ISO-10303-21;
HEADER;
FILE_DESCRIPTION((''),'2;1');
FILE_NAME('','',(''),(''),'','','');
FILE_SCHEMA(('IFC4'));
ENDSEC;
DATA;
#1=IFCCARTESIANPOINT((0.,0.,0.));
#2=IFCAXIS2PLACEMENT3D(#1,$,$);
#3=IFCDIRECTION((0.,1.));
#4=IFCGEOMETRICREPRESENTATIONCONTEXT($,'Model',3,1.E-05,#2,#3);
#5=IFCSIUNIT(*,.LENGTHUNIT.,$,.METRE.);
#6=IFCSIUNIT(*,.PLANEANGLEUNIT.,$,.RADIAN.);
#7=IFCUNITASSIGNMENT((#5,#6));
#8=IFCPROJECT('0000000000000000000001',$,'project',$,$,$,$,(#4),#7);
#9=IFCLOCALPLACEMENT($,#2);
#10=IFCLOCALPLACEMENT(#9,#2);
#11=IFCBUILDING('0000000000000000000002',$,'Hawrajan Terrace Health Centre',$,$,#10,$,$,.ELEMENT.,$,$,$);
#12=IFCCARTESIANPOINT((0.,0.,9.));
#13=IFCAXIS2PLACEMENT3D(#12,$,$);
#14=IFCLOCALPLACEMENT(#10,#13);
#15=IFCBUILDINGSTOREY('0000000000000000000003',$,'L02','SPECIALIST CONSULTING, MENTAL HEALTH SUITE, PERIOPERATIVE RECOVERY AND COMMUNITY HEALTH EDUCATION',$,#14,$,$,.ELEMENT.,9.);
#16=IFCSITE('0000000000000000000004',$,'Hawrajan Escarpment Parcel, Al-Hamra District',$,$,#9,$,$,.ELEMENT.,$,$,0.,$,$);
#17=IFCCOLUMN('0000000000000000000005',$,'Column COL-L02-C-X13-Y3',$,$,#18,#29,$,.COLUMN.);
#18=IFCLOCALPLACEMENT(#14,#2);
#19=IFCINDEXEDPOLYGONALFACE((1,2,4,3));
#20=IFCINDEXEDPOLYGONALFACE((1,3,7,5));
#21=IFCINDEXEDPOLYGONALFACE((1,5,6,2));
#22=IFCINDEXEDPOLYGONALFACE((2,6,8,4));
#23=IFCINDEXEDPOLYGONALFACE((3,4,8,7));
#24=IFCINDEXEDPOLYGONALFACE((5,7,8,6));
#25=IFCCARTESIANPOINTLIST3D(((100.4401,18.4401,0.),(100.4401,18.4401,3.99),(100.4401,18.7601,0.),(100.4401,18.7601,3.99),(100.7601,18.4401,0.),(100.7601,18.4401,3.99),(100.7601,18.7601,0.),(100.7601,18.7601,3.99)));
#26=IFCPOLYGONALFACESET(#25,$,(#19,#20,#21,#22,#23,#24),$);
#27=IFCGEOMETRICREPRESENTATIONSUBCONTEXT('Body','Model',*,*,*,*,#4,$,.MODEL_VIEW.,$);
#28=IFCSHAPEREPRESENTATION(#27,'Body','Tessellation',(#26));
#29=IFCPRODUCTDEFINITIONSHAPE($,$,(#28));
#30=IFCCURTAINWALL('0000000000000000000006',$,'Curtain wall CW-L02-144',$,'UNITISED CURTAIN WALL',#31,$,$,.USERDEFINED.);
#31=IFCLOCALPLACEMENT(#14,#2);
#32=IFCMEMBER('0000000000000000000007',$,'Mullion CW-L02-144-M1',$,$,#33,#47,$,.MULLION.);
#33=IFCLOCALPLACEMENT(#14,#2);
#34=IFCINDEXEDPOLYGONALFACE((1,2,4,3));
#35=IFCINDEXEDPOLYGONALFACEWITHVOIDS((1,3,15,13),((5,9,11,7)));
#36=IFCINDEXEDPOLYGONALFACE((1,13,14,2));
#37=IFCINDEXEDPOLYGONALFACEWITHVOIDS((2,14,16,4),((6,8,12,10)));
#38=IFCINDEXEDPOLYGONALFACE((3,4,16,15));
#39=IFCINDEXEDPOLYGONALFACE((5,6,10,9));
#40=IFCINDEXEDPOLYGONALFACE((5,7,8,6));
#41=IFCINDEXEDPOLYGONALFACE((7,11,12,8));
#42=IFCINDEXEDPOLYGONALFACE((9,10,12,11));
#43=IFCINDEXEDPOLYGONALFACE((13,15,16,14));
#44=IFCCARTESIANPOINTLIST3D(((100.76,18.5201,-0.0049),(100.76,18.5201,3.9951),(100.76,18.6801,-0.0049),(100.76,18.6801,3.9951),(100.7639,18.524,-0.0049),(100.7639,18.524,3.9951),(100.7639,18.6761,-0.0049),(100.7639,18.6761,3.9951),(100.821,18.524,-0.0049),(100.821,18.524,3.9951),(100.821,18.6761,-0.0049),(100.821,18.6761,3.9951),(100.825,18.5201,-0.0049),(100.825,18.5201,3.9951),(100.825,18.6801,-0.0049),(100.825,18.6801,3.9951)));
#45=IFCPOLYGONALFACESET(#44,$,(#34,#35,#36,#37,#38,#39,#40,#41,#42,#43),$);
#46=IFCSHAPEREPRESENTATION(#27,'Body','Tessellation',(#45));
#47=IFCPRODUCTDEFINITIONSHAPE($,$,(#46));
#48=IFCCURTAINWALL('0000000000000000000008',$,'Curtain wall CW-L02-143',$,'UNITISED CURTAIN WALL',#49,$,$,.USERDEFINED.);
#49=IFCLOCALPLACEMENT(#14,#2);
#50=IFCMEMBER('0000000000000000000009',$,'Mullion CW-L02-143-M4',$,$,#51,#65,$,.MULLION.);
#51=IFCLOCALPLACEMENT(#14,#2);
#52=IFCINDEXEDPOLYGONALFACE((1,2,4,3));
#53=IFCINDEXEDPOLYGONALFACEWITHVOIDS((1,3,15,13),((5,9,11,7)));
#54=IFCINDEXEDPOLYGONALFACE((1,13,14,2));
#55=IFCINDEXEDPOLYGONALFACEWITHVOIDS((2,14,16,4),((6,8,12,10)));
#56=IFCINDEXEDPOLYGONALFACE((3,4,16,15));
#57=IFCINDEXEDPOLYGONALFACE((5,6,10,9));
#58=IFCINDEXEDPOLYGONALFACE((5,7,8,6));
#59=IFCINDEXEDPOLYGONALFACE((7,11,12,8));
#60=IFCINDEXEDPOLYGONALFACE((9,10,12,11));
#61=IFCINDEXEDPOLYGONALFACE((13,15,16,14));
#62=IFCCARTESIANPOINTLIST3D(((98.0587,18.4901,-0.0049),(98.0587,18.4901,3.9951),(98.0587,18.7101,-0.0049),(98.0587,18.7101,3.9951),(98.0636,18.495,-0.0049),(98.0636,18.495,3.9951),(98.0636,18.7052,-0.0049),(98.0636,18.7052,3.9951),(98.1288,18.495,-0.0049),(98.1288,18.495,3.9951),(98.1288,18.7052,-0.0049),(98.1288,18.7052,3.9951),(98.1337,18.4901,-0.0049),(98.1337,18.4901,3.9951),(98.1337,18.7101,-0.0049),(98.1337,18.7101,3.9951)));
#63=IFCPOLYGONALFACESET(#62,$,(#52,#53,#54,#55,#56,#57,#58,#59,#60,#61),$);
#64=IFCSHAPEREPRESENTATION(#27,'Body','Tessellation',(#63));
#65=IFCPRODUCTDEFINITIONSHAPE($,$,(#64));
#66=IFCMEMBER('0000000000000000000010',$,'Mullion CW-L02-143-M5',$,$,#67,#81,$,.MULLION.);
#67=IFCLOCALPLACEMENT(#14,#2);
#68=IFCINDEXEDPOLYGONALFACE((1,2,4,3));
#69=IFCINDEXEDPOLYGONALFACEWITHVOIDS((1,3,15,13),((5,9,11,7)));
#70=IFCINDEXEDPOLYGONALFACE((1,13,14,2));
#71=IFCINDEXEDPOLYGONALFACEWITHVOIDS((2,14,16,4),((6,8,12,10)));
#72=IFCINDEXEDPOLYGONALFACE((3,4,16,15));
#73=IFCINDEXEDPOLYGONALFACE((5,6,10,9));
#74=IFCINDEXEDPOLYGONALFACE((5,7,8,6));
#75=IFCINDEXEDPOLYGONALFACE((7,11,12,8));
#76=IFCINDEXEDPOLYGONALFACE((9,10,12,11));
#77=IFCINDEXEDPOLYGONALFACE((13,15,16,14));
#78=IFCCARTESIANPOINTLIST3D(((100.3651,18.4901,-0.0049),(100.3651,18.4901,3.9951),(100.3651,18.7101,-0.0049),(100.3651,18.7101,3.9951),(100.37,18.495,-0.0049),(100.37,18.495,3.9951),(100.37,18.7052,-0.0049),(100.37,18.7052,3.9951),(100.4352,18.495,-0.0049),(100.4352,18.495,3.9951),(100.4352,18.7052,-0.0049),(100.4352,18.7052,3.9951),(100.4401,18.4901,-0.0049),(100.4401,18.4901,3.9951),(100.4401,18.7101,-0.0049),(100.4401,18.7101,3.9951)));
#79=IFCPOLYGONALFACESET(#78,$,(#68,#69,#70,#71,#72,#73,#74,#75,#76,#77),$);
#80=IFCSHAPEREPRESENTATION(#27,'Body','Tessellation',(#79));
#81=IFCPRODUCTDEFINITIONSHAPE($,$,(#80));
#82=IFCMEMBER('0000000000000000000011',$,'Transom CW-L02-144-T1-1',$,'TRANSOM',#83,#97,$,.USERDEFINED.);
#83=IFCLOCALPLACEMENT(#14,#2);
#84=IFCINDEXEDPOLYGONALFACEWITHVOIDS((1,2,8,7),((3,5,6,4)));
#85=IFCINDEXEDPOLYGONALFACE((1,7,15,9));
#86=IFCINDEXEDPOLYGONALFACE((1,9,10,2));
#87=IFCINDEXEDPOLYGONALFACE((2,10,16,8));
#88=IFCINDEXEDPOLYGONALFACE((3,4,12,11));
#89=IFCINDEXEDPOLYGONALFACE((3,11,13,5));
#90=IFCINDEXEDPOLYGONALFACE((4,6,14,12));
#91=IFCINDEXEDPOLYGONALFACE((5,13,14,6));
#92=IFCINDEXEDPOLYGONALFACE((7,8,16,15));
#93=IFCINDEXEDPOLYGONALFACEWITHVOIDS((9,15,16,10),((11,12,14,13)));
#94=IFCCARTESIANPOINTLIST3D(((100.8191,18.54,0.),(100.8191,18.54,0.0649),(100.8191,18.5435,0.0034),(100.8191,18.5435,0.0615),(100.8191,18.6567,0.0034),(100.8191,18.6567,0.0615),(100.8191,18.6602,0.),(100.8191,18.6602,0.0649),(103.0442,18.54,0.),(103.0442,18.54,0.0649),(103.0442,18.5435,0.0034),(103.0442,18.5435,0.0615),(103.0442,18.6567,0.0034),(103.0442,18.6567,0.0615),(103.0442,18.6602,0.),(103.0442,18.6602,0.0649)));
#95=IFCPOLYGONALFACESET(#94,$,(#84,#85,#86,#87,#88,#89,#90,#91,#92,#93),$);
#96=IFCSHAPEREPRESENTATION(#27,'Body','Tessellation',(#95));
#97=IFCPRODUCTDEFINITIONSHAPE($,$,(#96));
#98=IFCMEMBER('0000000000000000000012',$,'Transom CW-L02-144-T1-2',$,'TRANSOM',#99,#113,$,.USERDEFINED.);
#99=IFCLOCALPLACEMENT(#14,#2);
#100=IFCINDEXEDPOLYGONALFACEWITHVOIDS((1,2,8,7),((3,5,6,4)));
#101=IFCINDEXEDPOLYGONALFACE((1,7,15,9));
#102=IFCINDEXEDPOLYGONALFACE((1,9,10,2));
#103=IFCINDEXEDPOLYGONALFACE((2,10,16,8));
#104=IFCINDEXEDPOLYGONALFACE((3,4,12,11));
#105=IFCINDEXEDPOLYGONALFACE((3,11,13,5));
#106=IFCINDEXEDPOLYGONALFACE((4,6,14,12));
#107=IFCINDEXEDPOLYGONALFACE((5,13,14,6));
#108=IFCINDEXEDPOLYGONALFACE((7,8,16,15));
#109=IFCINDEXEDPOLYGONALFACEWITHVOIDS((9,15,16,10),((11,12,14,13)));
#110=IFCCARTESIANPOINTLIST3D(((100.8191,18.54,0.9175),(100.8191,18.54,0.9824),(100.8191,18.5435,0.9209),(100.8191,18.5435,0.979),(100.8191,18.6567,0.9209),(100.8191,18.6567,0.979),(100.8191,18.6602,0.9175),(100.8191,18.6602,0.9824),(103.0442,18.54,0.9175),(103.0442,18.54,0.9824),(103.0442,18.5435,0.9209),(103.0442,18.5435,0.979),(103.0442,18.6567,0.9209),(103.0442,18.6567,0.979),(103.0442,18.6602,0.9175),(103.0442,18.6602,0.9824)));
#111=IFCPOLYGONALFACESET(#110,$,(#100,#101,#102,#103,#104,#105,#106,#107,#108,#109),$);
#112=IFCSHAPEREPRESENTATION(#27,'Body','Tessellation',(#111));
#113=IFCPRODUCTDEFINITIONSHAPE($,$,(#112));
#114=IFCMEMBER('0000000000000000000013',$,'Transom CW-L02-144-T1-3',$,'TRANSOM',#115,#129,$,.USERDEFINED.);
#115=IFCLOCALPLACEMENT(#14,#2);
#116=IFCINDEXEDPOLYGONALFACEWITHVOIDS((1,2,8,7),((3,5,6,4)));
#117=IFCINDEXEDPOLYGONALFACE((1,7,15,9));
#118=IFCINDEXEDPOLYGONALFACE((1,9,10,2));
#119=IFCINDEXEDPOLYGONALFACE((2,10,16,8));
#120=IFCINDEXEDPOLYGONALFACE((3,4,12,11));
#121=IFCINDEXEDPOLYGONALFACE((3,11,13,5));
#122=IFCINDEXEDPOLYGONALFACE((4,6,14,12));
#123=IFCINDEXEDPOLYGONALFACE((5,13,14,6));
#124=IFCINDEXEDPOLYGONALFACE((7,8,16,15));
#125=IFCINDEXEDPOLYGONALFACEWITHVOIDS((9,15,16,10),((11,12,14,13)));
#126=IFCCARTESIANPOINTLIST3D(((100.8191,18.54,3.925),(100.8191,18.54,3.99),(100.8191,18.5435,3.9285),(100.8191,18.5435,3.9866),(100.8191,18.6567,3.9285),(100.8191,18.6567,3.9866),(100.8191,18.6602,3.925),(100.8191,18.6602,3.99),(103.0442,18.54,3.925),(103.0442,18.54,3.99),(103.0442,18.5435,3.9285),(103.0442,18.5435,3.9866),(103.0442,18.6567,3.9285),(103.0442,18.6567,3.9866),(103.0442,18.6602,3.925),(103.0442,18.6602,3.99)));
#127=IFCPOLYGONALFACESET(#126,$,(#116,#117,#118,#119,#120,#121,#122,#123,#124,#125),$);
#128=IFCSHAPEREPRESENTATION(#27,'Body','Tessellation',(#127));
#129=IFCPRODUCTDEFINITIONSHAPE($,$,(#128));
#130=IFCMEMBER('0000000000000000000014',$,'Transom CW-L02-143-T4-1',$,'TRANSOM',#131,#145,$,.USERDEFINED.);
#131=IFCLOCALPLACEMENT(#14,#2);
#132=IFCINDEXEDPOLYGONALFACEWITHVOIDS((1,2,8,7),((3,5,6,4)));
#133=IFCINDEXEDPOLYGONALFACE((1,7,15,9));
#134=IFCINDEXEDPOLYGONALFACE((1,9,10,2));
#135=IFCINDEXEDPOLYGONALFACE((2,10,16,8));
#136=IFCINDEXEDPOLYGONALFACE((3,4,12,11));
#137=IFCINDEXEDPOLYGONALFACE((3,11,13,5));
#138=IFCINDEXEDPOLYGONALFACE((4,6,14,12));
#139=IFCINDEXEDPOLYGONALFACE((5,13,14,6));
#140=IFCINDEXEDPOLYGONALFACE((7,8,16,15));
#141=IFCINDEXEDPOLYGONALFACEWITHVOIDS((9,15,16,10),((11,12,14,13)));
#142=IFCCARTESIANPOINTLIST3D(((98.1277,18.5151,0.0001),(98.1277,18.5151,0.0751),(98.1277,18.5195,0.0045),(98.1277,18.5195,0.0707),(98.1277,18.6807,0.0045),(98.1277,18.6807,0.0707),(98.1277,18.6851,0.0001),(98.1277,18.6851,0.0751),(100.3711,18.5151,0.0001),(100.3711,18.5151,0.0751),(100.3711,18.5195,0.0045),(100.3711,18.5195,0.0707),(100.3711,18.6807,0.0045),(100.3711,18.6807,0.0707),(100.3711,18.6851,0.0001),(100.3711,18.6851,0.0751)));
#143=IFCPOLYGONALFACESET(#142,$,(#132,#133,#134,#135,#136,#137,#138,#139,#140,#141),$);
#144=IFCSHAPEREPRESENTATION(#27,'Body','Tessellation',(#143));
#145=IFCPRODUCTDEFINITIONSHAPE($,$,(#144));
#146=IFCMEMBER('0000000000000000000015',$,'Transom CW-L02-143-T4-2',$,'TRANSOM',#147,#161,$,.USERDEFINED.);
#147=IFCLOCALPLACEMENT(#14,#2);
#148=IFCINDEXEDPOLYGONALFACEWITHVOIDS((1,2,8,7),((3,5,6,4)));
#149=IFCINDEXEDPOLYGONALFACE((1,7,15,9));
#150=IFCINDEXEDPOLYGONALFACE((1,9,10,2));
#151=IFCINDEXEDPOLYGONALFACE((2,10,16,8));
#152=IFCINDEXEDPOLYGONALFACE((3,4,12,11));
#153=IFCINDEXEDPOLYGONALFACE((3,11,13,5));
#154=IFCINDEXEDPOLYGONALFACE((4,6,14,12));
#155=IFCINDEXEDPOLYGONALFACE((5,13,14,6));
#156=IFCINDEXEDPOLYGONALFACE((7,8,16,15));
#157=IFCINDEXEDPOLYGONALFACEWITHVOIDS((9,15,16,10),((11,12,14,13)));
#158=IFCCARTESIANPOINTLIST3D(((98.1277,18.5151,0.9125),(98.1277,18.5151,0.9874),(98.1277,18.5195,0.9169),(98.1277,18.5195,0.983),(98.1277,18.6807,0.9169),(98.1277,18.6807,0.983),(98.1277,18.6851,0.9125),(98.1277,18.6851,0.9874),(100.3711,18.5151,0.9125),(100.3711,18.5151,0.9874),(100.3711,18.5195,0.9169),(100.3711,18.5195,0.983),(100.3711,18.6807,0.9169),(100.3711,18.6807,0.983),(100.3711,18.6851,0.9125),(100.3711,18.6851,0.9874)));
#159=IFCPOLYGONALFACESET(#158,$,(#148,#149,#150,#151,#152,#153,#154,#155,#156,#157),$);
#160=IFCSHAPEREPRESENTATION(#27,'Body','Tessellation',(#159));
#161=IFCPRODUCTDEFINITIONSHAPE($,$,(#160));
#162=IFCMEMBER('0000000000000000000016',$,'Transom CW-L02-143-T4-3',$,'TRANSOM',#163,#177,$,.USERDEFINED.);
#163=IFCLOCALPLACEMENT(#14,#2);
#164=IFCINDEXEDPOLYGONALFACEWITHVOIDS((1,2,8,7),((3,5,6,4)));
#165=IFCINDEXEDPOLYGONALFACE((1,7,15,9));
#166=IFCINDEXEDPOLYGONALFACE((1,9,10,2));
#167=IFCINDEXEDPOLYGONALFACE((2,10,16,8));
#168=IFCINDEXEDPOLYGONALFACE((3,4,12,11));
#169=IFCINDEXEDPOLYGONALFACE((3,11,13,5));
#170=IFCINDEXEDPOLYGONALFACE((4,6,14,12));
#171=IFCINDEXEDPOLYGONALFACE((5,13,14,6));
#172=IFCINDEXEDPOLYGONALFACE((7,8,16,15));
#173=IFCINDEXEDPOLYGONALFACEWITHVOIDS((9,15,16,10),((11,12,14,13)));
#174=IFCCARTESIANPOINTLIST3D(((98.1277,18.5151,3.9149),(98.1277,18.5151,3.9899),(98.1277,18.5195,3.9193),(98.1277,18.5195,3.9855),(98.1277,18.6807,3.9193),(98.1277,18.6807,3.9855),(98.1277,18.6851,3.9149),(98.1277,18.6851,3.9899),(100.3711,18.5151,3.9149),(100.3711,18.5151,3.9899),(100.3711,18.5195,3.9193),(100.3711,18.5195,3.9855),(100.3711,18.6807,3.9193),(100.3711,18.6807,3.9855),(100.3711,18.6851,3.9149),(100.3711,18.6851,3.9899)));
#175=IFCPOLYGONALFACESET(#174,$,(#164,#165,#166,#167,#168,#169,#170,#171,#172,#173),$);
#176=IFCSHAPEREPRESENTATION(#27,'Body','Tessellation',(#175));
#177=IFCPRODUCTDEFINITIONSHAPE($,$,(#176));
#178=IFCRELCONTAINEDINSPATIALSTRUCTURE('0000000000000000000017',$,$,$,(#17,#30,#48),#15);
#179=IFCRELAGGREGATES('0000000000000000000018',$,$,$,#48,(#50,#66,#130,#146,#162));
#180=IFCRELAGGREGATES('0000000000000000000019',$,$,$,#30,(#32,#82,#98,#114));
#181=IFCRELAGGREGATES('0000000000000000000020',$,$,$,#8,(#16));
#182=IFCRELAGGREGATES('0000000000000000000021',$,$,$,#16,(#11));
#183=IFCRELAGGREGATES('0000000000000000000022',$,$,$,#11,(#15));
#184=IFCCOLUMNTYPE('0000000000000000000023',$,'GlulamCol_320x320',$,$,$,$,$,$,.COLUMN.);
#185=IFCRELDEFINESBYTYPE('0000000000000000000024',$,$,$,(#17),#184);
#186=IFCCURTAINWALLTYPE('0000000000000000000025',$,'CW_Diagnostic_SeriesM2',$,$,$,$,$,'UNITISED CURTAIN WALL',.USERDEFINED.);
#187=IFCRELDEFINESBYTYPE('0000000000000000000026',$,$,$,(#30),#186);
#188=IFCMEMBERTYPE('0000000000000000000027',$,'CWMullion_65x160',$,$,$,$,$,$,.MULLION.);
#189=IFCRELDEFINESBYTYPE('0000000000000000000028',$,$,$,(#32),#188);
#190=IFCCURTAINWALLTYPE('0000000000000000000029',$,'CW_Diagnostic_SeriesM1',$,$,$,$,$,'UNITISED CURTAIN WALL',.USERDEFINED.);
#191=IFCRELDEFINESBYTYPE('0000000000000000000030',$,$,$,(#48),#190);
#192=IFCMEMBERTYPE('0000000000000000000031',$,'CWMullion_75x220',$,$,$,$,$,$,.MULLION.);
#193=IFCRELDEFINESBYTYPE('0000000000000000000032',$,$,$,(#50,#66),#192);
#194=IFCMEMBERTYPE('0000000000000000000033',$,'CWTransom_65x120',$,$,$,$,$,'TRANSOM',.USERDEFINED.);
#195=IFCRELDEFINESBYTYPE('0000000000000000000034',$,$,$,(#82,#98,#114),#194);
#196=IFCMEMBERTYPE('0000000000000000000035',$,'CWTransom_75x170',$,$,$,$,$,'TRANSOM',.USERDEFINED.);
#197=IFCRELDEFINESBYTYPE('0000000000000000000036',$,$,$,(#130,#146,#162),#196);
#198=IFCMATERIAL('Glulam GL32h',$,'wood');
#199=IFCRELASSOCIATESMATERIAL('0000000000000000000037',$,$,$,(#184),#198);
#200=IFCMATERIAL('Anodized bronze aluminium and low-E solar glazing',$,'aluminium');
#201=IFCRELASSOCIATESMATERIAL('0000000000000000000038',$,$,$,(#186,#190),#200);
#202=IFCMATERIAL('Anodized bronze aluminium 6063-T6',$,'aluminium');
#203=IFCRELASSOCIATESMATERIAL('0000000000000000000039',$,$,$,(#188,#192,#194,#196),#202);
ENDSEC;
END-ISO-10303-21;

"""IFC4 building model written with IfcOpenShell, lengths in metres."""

from ifc_helpers import new_model, si_unit, direction, frame, origin, origin_2d, place, context, subcontext, project, spatial, rectangle, hollow_rectangle, extrude, material, material_profile, profile_set, type_object, element, aggregate, save


model = new_model("IFC4")

# Units and contexts
model_context = context("Model", 3, precision=1e-05, world=origin(), true_north=direction((0.0, 1.0)))
body_context = subcontext(model_context, "Body", "Model", "MODEL_VIEW")
ifc_project = project(units=[si_unit("LENGTHUNIT", "METRE"), si_unit("PLANEANGLEUNIT", "RADIAN")], contexts=[model_context])

# Site, building, storey
site_placement = place(None, origin())
site = spatial("IfcSite", under=ifc_project, at=site_placement, Name="Hawrajan Escarpment Parcel, Al-Hamra District", CompositionType="ELEMENT", RefElevation=0.0)
building_placement = place(site_placement, origin())
building = spatial("IfcBuilding", under=site, at=building_placement, Name="Hawrajan Terrace Health Centre", CompositionType="ELEMENT")
storey_placement = place(building_placement, frame((0.0, 0.0, 9.0)))
storey = spatial("IfcBuildingStorey", under=building, at=storey_placement, Name="L02", Description="SPECIALIST CONSULTING, MENTAL HEALTH SUITE, PERIOPERATIVE RECOVERY AND COMMUNITY HEALTH EDUCATION", CompositionType="ELEMENT", Elevation=9.0)

# Column
ifc_material_1 = material(Name="Glulam GL32h", Category="wood")
ifc_material_profile_1 = material_profile(ifc_material_1, rectangle(XDim=0.3201, YDim=0.3201, at=origin_2d()), Name="GL 320x320")
ifc_profile_set_1 = profile_set([ifc_material_profile_1], Name="Glulam GL32h")
column_type = type_object("IfcColumnType", Name="GlulamCol_320x320", PredefinedType="COLUMN", material=ifc_profile_set_1)
column_placement = place(storey_placement, frame((100.6001, 18.6001, 0.0), z_axis=(0.0, 0.0, 1.0), x_axis=(1.0, 0.0, 0.0)))
element("IfcColumn", 1, at=column_placement, inside=storey, type_object=column_type, Name="Column COL-L02-C-X13-Y3", PredefinedType="COLUMN", context=body_context, shape_type="SweptSolid", body=[
    extrude(rectangle(XDim=0.3201, YDim=0.3201, at=origin_2d()), origin(), (0.0, 0.0, 1.0), 3.99),
])

# Curtain wall, member
ifc_material_2 = material(Name="Anodized bronze aluminium and low-E solar glazing", Category="aluminium")
curtain_wall_type_1 = type_object("IfcCurtainWallType", Name="CW_Diagnostic_SeriesM2", ElementType="UNITISED CURTAIN WALL", PredefinedType="USERDEFINED", material=ifc_material_2)
curtain_wall_1_placement = place(storey_placement, origin())
curtain_wall_1 = element("IfcCurtainWall", 2, at=curtain_wall_1_placement, inside=storey, type_object=curtain_wall_type_1, Name="Curtain wall CW-L02-144", ObjectType="UNITISED CURTAIN WALL", PredefinedType="USERDEFINED")
ifc_material_3 = material(Name="Anodized bronze aluminium 6063-T6", Category="aluminium")
ifc_material_profile_2 = material_profile(ifc_material_3, hollow_rectangle(XDim=0.0649, YDim=0.1599, WallThickness=0.0039, at=origin_2d()), Name="CW MUL 65x160")
ifc_profile_set_2 = profile_set([ifc_material_profile_2], Name="Anodized bronze aluminium 6063-T6")
member_type_1 = type_object("IfcMemberType", Name="CWMullion_65x160", PredefinedType="MULLION", material=ifc_profile_set_2)
member_1_placement = place(storey_placement, frame((100.7925, 18.6001, -0.0049), z_axis=(0.0, 0.0, 1.0), x_axis=(1.0, 0.0, 0.0)))
member_1 = element("IfcMember", 3, at=member_1_placement, type_object=member_type_1, Name="Mullion CW-L02-144-M1", PredefinedType="MULLION", context=body_context, shape_type="SweptSolid", body=[
    extrude(hollow_rectangle(XDim=0.0649, YDim=0.1599, WallThickness=0.0039, at=origin_2d()), origin(), (0.0, 0.0, 1.0), 4.0),
])

# Curtain wall, members
curtain_wall_type_2 = type_object("IfcCurtainWallType", Name="CW_Diagnostic_SeriesM1", ElementType="UNITISED CURTAIN WALL", PredefinedType="USERDEFINED", material=ifc_material_2)
curtain_wall_2_placement = place(storey_placement, origin())
curtain_wall_2 = element("IfcCurtainWall", 4, at=curtain_wall_2_placement, inside=storey, type_object=curtain_wall_type_2, Name="Curtain wall CW-L02-143", ObjectType="UNITISED CURTAIN WALL", PredefinedType="USERDEFINED")
ifc_material_profile_3 = material_profile(ifc_material_3, hollow_rectangle(XDim=0.075, YDim=0.22, WallThickness=0.0049, at=origin_2d()), Name="CW MUL 75x220")
ifc_profile_set_3 = profile_set([ifc_material_profile_3], Name="Anodized bronze aluminium 6063-T6")
member_type_2 = type_object("IfcMemberType", Name="CWMullion_75x220", PredefinedType="MULLION", material=ifc_profile_set_3)
member_2_placement = place(storey_placement, frame((98.0962, 18.6001, -0.0049), z_axis=(0.0, 0.0, 1.0), x_axis=(1.0, 0.0, 0.0)))
member_2 = element("IfcMember", 5, at=member_2_placement, type_object=member_type_2, Name="Mullion CW-L02-143-M4", PredefinedType="MULLION", context=body_context, shape_type="SweptSolid", body=[
    extrude(hollow_rectangle(XDim=0.075, YDim=0.22, WallThickness=0.0049, at=origin_2d()), origin(), (0.0, 0.0, 1.0), 4.0),
])
member_3_placement = place(storey_placement, frame((100.4026, 18.6001, -0.0049), z_axis=(0.0, 0.0, 1.0), x_axis=(1.0, 0.0, 0.0)))
member_3 = element("IfcMember", 6, at=member_3_placement, type_object=member_type_2, Name="Mullion CW-L02-143-M5", PredefinedType="MULLION", context=body_context, shape_type="SweptSolid", body=[
    extrude(hollow_rectangle(XDim=0.075, YDim=0.22, WallThickness=0.0049, at=origin_2d()), origin(), (0.0, 0.0, 1.0), 4.0),
])

# Members
ifc_material_profile_4 = material_profile(ifc_material_3, hollow_rectangle(XDim=0.0649, YDim=0.1201, WallThickness=0.0034, at=origin_2d()), Name="CW TRN 65x120")
ifc_profile_set_4 = profile_set([ifc_material_profile_4], Name="Anodized bronze aluminium 6063-T6")
member_type_3 = type_object("IfcMemberType", Name="CWTransom_65x120", ElementType="TRANSOM", PredefinedType="USERDEFINED", material=ifc_profile_set_4)
member_4_placement = place(storey_placement, frame((100.8191, 18.6001, 0.0325), z_axis=(1.0, 0.0, 0.0), x_axis=(0.0, 0.0, 1.0)))
member_4 = element("IfcMember", 7, at=member_4_placement, type_object=member_type_3, Name="Transom CW-L02-144-T1-1", ObjectType="TRANSOM", PredefinedType="USERDEFINED", context=body_context, shape_type="SweptSolid", body=[
    extrude(hollow_rectangle(XDim=0.0649, YDim=0.1201, WallThickness=0.0034, at=origin_2d()), origin(), (0.0, 0.0, 1.0), 2.2251),
])
member_5_placement = place(storey_placement, frame((100.8191, 18.6001, 0.95), z_axis=(1.0, 0.0, 0.0), x_axis=(0.0, 0.0, 1.0)))
member_5 = element("IfcMember", 8, at=member_5_placement, type_object=member_type_3, Name="Transom CW-L02-144-T1-2", ObjectType="TRANSOM", PredefinedType="USERDEFINED", context=body_context, shape_type="SweptSolid", body=[
    extrude(hollow_rectangle(XDim=0.0649, YDim=0.1201, WallThickness=0.0034, at=origin_2d()), origin(), (0.0, 0.0, 1.0), 2.2251),
])
member_6_placement = place(storey_placement, frame((100.8191, 18.6001, 3.9575), z_axis=(1.0, 0.0, 0.0), x_axis=(0.0, 0.0, 1.0)))
member_6 = element("IfcMember", 9, at=member_6_placement, type_object=member_type_3, Name="Transom CW-L02-144-T1-3", ObjectType="TRANSOM", PredefinedType="USERDEFINED", context=body_context, shape_type="SweptSolid", body=[
    extrude(hollow_rectangle(XDim=0.0649, YDim=0.1201, WallThickness=0.0034, at=origin_2d()), origin(), (0.0, 0.0, 1.0), 2.2251),
])
ifc_material_profile_5 = material_profile(ifc_material_3, hollow_rectangle(XDim=0.075, YDim=0.1699, WallThickness=0.0044, at=origin_2d()), Name="CW TRN 75x170")
ifc_profile_set_5 = profile_set([ifc_material_profile_5], Name="Anodized bronze aluminium 6063-T6")
member_type_4 = type_object("IfcMemberType", Name="CWTransom_75x170", ElementType="TRANSOM", PredefinedType="USERDEFINED", material=ifc_profile_set_5)
member_7_placement = place(storey_placement, frame((98.1277, 18.6001, 0.0376), z_axis=(1.0, 0.0, 0.0), x_axis=(0.0, 0.0, 1.0)))
member_7 = element("IfcMember", 10, at=member_7_placement, type_object=member_type_4, Name="Transom CW-L02-143-T4-1", ObjectType="TRANSOM", PredefinedType="USERDEFINED", context=body_context, shape_type="SweptSolid", body=[
    extrude(hollow_rectangle(XDim=0.075, YDim=0.1699, WallThickness=0.0044, at=origin_2d()), origin(), (0.0, 0.0, 1.0), 2.2434),
])
member_8_placement = place(storey_placement, frame((98.1277, 18.6001, 0.95), z_axis=(1.0, 0.0, 0.0), x_axis=(0.0, 0.0, 1.0)))
member_8 = element("IfcMember", 11, at=member_8_placement, type_object=member_type_4, Name="Transom CW-L02-143-T4-2", ObjectType="TRANSOM", PredefinedType="USERDEFINED", context=body_context, shape_type="SweptSolid", body=[
    extrude(hollow_rectangle(XDim=0.075, YDim=0.1699, WallThickness=0.0044, at=origin_2d()), origin(), (0.0, 0.0, 1.0), 2.2434),
])
member_9_placement = place(storey_placement, frame((98.1277, 18.6001, 3.9524), z_axis=(1.0, 0.0, 0.0), x_axis=(0.0, 0.0, 1.0)))
member_9 = element("IfcMember", 12, at=member_9_placement, type_object=member_type_4, Name="Transom CW-L02-143-T4-3", ObjectType="TRANSOM", PredefinedType="USERDEFINED", context=body_context, shape_type="SweptSolid", body=[
    extrude(hollow_rectangle(XDim=0.075, YDim=0.1699, WallThickness=0.0044, at=origin_2d()), origin(), (0.0, 0.0, 1.0), 2.2434),
])

aggregate(curtain_wall_2, [member_2, member_3, member_7, member_8, member_9])
aggregate(curtain_wall_1, [member_1, member_4, member_5, member_6])

save(model, "model.ifc")
